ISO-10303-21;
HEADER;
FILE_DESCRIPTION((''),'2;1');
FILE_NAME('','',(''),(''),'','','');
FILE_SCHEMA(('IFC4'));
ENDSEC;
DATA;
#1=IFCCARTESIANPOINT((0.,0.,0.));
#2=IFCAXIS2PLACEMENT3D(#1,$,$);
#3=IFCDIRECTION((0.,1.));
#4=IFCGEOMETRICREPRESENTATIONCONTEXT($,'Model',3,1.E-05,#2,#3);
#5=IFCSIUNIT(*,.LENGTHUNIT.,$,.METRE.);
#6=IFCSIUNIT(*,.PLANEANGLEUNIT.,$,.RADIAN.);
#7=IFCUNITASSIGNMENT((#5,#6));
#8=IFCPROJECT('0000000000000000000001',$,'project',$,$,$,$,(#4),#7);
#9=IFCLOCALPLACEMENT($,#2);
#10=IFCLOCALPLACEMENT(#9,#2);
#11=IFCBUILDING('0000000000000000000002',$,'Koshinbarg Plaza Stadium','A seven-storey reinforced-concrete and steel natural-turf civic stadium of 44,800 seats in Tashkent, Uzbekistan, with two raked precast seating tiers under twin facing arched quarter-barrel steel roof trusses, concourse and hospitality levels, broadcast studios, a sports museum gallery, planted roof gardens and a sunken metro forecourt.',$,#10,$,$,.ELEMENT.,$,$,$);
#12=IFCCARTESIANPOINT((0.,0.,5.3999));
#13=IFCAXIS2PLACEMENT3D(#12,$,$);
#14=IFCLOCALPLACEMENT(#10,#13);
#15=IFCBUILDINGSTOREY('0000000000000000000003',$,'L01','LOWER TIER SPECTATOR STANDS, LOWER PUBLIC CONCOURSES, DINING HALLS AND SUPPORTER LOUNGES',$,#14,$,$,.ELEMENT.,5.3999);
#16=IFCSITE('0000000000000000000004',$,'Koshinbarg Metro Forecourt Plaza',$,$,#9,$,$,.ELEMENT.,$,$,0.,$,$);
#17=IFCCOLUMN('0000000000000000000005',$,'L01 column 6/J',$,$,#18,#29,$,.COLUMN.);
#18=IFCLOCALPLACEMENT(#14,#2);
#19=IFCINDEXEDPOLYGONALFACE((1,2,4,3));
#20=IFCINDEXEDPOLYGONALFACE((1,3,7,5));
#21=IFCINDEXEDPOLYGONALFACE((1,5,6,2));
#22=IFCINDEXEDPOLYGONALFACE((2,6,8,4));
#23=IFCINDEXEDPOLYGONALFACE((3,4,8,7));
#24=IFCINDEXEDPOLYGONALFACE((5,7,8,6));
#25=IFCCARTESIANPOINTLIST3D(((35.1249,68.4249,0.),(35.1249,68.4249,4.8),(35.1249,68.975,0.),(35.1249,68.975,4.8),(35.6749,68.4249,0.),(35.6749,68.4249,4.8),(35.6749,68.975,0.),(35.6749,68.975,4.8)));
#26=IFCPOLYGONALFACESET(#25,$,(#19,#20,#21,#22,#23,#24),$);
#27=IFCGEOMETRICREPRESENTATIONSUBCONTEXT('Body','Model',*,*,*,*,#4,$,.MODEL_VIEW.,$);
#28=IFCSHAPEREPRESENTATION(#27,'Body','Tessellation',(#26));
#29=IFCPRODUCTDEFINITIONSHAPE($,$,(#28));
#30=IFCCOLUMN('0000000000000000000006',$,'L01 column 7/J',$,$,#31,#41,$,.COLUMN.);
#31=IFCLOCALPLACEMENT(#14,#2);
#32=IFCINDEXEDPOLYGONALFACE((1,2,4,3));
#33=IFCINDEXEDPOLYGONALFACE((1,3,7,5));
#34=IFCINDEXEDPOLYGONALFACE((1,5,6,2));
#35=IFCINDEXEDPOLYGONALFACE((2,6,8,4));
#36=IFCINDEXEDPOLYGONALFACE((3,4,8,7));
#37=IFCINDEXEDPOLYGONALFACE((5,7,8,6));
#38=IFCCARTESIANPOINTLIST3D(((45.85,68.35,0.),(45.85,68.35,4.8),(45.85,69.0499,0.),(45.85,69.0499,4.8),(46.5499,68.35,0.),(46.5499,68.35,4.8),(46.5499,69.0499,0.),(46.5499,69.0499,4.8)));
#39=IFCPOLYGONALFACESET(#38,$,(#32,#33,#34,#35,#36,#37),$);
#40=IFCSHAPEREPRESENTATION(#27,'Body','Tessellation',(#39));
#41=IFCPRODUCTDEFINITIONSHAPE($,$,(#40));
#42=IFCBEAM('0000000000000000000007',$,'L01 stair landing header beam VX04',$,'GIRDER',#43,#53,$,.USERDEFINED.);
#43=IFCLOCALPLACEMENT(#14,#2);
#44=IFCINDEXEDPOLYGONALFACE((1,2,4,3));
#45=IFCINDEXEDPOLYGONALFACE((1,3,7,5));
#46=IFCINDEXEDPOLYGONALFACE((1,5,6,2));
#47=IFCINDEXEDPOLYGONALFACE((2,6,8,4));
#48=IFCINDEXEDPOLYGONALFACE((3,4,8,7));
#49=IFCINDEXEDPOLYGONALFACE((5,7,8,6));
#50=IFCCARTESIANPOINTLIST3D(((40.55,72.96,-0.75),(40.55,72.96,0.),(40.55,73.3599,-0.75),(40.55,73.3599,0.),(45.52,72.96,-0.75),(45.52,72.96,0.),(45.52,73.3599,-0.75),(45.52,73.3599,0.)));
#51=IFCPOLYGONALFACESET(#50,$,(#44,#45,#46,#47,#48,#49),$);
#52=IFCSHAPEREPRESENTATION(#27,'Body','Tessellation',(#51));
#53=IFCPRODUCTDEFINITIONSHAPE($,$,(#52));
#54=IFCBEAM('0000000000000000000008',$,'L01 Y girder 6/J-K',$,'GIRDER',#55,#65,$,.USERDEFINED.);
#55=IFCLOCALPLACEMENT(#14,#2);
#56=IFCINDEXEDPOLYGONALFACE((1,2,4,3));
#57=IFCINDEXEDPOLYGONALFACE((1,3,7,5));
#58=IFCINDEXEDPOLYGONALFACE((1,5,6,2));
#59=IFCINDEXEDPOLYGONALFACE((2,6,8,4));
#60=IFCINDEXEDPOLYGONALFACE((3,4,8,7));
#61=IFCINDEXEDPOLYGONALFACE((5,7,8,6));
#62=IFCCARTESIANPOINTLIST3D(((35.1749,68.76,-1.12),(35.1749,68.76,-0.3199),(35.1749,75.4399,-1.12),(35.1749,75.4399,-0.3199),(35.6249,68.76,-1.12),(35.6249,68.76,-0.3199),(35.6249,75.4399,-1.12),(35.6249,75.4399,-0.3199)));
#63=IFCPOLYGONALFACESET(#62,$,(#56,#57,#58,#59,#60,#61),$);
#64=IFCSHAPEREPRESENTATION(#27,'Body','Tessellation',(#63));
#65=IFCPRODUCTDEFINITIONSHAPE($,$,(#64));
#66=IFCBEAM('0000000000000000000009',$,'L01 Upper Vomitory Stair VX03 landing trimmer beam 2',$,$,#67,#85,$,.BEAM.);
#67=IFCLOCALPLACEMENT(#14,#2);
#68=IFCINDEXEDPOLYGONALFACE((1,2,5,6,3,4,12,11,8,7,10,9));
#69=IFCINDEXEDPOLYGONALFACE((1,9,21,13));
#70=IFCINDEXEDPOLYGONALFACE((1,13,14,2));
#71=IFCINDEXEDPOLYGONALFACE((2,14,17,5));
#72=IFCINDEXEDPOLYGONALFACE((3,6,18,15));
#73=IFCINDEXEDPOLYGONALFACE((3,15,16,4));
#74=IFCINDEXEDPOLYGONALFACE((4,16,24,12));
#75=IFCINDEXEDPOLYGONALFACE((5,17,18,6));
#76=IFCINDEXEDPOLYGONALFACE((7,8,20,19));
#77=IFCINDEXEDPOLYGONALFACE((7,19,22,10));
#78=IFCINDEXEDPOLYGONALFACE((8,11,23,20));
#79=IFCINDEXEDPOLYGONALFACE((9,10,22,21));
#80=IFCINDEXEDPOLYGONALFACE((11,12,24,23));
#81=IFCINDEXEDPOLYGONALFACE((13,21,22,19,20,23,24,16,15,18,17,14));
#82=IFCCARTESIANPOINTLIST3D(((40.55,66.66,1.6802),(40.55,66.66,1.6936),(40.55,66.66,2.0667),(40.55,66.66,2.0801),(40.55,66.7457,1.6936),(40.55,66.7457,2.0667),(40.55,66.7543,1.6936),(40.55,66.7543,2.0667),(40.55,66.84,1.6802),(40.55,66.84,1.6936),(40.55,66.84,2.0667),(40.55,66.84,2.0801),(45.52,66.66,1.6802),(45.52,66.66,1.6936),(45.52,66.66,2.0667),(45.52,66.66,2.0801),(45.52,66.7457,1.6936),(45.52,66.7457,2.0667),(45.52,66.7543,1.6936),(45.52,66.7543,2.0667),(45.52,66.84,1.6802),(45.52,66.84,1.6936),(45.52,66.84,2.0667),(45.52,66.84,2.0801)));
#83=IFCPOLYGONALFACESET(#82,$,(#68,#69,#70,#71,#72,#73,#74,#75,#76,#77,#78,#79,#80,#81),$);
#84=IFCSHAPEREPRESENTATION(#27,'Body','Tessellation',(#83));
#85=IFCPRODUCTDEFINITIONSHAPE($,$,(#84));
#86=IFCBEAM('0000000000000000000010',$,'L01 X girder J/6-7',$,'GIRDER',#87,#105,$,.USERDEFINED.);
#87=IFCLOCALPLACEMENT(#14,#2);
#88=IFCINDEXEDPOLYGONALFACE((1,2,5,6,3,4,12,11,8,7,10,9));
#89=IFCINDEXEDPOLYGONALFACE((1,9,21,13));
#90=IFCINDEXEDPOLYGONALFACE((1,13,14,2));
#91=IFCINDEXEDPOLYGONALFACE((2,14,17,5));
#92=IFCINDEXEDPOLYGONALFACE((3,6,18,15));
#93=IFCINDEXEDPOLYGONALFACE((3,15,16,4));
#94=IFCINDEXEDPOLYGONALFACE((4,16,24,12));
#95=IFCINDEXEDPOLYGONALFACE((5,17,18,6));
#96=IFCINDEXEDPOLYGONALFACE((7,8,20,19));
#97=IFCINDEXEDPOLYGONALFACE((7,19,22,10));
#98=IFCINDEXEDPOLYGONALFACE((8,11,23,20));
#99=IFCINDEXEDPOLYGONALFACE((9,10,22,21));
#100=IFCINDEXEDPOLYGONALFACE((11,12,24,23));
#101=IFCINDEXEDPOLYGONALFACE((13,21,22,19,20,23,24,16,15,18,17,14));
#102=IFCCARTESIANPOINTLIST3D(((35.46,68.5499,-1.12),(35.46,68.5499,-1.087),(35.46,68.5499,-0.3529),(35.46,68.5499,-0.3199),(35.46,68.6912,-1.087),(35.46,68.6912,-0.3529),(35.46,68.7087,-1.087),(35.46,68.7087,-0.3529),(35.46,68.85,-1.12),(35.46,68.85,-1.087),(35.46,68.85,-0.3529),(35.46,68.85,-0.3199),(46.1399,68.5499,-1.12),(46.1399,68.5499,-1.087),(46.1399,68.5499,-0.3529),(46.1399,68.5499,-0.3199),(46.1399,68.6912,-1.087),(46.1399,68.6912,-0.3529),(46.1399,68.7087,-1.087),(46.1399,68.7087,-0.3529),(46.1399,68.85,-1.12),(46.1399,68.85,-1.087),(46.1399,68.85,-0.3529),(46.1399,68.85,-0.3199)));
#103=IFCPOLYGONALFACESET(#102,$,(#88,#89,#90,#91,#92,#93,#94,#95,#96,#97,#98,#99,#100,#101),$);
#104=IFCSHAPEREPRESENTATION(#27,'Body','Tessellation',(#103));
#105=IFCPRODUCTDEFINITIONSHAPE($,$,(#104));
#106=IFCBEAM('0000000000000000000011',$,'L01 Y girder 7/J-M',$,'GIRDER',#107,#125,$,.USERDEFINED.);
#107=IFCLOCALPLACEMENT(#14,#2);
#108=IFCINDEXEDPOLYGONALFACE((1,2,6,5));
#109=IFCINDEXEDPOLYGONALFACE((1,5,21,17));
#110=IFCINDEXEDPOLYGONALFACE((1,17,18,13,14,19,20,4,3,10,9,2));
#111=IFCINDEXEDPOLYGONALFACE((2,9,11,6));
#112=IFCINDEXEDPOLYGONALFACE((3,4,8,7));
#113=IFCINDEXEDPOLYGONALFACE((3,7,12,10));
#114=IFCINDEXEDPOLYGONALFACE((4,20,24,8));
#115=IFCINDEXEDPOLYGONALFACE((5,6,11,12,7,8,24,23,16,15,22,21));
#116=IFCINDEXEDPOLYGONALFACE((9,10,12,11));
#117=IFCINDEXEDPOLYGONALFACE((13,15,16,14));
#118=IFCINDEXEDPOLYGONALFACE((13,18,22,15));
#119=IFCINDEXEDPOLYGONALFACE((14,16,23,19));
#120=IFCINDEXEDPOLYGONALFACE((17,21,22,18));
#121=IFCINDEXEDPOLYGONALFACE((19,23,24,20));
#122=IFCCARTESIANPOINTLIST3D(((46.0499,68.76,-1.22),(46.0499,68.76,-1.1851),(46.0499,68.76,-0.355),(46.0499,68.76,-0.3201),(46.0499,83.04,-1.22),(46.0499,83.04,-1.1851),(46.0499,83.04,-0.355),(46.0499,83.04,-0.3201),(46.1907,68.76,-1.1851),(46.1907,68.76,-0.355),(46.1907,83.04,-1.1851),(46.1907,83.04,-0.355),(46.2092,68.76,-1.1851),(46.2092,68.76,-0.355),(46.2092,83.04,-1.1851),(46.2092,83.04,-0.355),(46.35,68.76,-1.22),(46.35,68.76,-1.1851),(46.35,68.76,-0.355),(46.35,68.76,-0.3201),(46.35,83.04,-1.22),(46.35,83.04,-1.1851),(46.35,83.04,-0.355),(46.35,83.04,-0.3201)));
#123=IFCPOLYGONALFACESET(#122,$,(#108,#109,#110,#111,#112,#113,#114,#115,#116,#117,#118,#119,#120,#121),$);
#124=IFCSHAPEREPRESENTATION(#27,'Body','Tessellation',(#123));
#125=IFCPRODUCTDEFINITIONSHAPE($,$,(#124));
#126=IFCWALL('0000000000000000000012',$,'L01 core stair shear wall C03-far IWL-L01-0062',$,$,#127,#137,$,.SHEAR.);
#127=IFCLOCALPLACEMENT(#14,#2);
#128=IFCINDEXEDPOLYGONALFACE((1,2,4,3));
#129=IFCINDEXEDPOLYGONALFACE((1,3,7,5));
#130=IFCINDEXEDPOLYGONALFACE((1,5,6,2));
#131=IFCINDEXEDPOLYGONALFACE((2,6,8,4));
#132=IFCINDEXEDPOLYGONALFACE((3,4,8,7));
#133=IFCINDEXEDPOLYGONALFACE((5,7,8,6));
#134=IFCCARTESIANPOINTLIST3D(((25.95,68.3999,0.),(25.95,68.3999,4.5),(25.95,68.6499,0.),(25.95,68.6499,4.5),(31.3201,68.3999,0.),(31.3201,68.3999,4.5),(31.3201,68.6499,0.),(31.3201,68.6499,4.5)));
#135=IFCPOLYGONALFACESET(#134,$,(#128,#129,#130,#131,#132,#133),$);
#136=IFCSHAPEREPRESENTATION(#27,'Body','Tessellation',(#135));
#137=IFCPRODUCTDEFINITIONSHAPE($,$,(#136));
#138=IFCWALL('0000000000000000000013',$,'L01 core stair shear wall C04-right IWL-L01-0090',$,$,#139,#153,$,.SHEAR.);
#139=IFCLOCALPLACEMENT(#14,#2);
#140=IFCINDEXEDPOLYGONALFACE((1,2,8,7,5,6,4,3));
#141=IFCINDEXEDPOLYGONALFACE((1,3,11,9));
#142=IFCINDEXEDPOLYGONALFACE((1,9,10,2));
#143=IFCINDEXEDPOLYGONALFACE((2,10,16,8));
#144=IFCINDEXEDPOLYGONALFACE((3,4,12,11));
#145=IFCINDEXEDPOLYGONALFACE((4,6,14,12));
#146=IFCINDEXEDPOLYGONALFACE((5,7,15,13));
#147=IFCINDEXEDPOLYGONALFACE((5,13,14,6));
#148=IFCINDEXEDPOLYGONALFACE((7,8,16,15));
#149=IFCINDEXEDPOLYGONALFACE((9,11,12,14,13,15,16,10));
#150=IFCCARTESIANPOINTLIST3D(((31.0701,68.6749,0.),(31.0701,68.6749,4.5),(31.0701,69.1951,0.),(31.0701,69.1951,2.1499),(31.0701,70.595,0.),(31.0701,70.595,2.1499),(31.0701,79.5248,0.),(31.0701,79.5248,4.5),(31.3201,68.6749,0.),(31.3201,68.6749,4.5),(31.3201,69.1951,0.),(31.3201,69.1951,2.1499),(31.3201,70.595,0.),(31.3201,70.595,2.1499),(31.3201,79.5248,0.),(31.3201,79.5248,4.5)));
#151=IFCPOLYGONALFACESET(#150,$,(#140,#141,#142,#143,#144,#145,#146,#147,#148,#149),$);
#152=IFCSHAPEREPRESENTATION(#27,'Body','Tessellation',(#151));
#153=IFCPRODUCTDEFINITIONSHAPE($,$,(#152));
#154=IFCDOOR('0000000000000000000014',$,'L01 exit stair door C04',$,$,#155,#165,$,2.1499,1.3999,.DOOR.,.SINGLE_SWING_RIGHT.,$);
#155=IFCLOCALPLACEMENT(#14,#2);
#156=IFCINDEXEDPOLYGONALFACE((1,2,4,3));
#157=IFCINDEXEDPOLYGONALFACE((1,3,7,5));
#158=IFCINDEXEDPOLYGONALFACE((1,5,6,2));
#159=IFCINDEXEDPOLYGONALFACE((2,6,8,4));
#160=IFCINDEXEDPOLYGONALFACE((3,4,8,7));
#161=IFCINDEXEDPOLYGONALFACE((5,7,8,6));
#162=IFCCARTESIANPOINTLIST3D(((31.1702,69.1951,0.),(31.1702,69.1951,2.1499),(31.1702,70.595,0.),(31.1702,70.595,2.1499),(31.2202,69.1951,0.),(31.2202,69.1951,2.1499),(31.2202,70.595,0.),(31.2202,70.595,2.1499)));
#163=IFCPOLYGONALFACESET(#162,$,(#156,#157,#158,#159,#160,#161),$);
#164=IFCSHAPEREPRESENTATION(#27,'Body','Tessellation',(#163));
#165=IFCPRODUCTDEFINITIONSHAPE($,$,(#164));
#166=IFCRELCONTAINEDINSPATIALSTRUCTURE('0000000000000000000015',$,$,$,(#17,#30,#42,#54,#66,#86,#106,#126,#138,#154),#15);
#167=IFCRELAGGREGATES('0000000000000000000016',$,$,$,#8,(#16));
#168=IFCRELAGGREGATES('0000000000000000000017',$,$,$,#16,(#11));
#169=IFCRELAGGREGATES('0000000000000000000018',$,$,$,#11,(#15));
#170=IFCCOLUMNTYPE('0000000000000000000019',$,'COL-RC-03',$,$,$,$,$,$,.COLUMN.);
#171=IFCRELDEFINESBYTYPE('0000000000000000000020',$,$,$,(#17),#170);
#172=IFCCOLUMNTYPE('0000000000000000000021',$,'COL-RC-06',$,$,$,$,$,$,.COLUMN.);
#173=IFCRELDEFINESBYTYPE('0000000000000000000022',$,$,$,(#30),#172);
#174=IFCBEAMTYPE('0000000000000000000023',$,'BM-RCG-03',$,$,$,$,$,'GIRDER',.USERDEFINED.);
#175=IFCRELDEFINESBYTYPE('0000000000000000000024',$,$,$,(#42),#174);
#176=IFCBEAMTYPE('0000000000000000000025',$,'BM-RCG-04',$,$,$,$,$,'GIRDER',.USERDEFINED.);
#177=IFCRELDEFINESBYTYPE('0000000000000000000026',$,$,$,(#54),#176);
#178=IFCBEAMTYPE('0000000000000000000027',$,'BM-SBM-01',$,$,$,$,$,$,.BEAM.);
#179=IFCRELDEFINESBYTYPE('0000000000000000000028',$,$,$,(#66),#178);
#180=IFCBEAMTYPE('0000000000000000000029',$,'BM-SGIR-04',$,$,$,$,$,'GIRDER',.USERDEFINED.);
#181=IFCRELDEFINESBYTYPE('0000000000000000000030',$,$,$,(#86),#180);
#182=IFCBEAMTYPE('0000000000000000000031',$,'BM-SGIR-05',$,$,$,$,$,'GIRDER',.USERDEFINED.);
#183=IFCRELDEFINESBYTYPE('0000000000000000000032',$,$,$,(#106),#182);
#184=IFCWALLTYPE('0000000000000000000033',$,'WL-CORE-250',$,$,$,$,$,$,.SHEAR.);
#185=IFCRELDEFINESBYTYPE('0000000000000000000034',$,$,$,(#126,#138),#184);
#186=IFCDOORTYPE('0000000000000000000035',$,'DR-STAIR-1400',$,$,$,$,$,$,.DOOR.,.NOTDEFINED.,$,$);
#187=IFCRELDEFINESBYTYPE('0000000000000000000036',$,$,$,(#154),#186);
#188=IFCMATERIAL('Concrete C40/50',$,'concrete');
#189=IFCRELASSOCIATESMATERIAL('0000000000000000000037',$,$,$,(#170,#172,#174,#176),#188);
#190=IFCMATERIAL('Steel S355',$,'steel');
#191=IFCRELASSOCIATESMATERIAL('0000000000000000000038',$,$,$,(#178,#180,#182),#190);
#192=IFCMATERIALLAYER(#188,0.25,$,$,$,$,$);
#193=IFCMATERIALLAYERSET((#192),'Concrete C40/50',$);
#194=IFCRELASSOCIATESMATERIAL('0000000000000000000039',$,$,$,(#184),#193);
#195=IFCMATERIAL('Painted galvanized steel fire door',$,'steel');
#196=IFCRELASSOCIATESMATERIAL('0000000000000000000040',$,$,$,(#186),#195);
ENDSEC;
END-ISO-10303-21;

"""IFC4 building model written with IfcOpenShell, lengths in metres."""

from ifc_helpers import new_model, si_unit, direction, frame, frame_2d, origin, origin_2d, place, context, subcontext, project, spatial, rectangle, i_section, extrude, material, layer, layer_set, material_profile, profile_set, type_object, element, fill, save


model = new_model("IFC4")

# Units and contexts
model_context = context("Model", 3, precision=1e-05, world=origin(), true_north=direction((0.0, 1.0)))
body_context = subcontext(model_context, "Body", "Model", "MODEL_VIEW")
ifc_project = project(units=[si_unit("LENGTHUNIT", "METRE"), si_unit("PLANEANGLEUNIT", "RADIAN")], contexts=[model_context])

# Site, building, storey
site_placement = place(None, origin())
site = spatial("IfcSite", under=ifc_project, at=site_placement, Name="Koshinbarg Metro Forecourt Plaza", CompositionType="ELEMENT", RefElevation=0.0)
building_placement = place(site_placement, origin())
building = spatial("IfcBuilding", under=site, at=building_placement, Name="Koshinbarg Plaza Stadium", Description="A seven-storey reinforced-concrete and steel natural-turf civic stadium of 44,800 seats in Tashkent, Uzbekistan, with two raked precast seating tiers under twin facing arched quarter-barrel steel roof trusses, concourse and hospitality levels, broadcast studios, a sports museum gallery, planted roof gardens and a sunken metro forecourt.", CompositionType="ELEMENT")
storey_placement = place(building_placement, frame((0.0, 0.0, 5.3999)))
storey = spatial("IfcBuildingStorey", under=building, at=storey_placement, Name="L01", Description="LOWER TIER SPECTATOR STANDS, LOWER PUBLIC CONCOURSES, DINING HALLS AND SUPPORTER LOUNGES", CompositionType="ELEMENT", Elevation=5.3999)

# Columns
ifc_material_1 = material(Name="Concrete C40/50", Category="concrete")
ifc_material_profile_1 = material_profile(ifc_material_1, rectangle(XDim=0.55, YDim=0.55, at=origin_2d()), Name="RC 550x550")
ifc_profile_set_1 = profile_set([ifc_material_profile_1], Name="Concrete C40/50")
column_type_1 = type_object("IfcColumnType", Name="COL-RC-03", PredefinedType="COLUMN", material=ifc_profile_set_1)
column_1_placement = place(storey_placement, frame((35.3999, 68.7, 0.0), z_axis=(0.0, 0.0, 1.0), x_axis=(1.0, 0.0, 0.0)))
element("IfcColumn", 1, at=column_1_placement, inside=storey, type_object=column_type_1, Name="L01 column 6/J", PredefinedType="COLUMN", context=body_context, shape_type="SweptSolid", body=[
    extrude(rectangle(XDim=0.55, YDim=0.55, at=origin_2d()), origin(), (0.0, 0.0, 1.0), 4.8),
])
ifc_material_profile_2 = material_profile(ifc_material_1, rectangle(XDim=0.7, YDim=0.7, at=origin_2d()), Name="RC 700x700")
ifc_profile_set_2 = profile_set([ifc_material_profile_2], Name="Concrete C40/50")
column_type_2 = type_object("IfcColumnType", Name="COL-RC-06", PredefinedType="COLUMN", material=ifc_profile_set_2)
column_2_placement = place(storey_placement, frame((46.2, 68.7, 0.0), z_axis=(0.0, 0.0, 1.0), x_axis=(1.0, 0.0, 0.0)))
element("IfcColumn", 2, at=column_2_placement, inside=storey, type_object=column_type_2, Name="L01 column 7/J", PredefinedType="COLUMN", context=body_context, shape_type="SweptSolid", body=[
    extrude(rectangle(XDim=0.7, YDim=0.7, at=origin_2d()), origin(), (0.0, 0.0, 1.0), 4.8),
])

# Beams
ifc_material_profile_3 = material_profile(ifc_material_1, rectangle(XDim=0.3999, YDim=0.75, at=origin_2d()), Name="RC 400x750")
ifc_profile_set_3 = profile_set([ifc_material_profile_3], Name="Concrete C40/50")
beam_type_1 = type_object("IfcBeamType", Name="BM-RCG-03", ElementType="GIRDER", PredefinedType="USERDEFINED", material=ifc_profile_set_3)
beam_1_placement = place(storey_placement, frame((40.55, 73.1599, -0.375), z_axis=(1.0, 0.0, 0.0), x_axis=(0.0, 1.0, 0.0)))
element("IfcBeam", 3, at=beam_1_placement, inside=storey, type_object=beam_type_1, Name="L01 stair landing header beam VX04", ObjectType="GIRDER", PredefinedType="USERDEFINED", context=body_context, shape_type="SweptSolid", body=[
    extrude(rectangle(XDim=0.3999, YDim=0.75, at=origin_2d()), origin(), (0.0, 0.0, 1.0), 4.97),
])
ifc_material_profile_4 = material_profile(ifc_material_1, rectangle(XDim=0.45, YDim=0.8, at=origin_2d()), Name="RC 450x800")
ifc_profile_set_4 = profile_set([ifc_material_profile_4], Name="Concrete C40/50")
beam_type_2 = type_object("IfcBeamType", Name="BM-RCG-04", ElementType="GIRDER", PredefinedType="USERDEFINED", material=ifc_profile_set_4)
beam_2_placement = place(storey_placement, frame((35.3999, 68.76, -0.72), z_axis=(0.0, 1.0, 0.0), x_axis=(-1.0, 0.0, 0.0)))
element("IfcBeam", 4, at=beam_2_placement, inside=storey, type_object=beam_type_2, Name="L01 Y girder 6/J-K", ObjectType="GIRDER", PredefinedType="USERDEFINED", context=body_context, shape_type="SweptSolid", body=[
    extrude(rectangle(XDim=0.45, YDim=0.8, at=origin_2d()), origin(), (0.0, 0.0, 1.0), 6.6799),
])
ifc_material_2 = material(Name="Steel S355", Category="steel")
ifc_material_profile_5 = material_profile(ifc_material_2, i_section(OverallWidth=0.1799, OverallDepth=0.3999, WebThickness=0.0085, FlangeThickness=0.0134, at=origin_2d()), Name="IPE 400")
ifc_profile_set_5 = profile_set([ifc_material_profile_5], Name="Steel S355")
beam_type_3 = type_object("IfcBeamType", Name="BM-SBM-01", PredefinedType="BEAM", material=ifc_profile_set_5)
beam_3_placement = place(storey_placement, frame((40.55, 66.75, 1.8801), z_axis=(1.0, 0.0, 0.0), x_axis=(0.0, 1.0, 0.0)))
element("IfcBeam", 5, at=beam_3_placement, inside=storey, type_object=beam_type_3, Name="L01 Upper Vomitory Stair VX03 landing trimmer beam 2", PredefinedType="BEAM", context=body_context, shape_type="SweptSolid", body=[
    extrude(i_section(OverallWidth=0.1799, OverallDepth=0.3999, WebThickness=0.0085, FlangeThickness=0.0134, at=origin_2d()), origin(), (0.0, 0.0, 1.0), 4.97),
])
ifc_material_profile_6 = material_profile(ifc_material_2, i_section(OverallWidth=0.3, OverallDepth=0.8, WebThickness=0.0176, FlangeThickness=0.033, at=origin_2d()), Name="HEB 800")
ifc_profile_set_6 = profile_set([ifc_material_profile_6], Name="Steel S355")
beam_type_4 = type_object("IfcBeamType", Name="BM-SGIR-04", ElementType="GIRDER", PredefinedType="USERDEFINED", material=ifc_profile_set_6)
beam_4_placement = place(storey_placement, frame((35.46, 68.7, -0.72), z_axis=(1.0, 0.0, 0.0), x_axis=(0.0, 1.0, 0.0)))
element("IfcBeam", 6, at=beam_4_placement, inside=storey, type_object=beam_type_4, Name="L01 X girder J/6-7", ObjectType="GIRDER", PredefinedType="USERDEFINED", context=body_context, shape_type="SweptSolid", body=[
    extrude(i_section(OverallWidth=0.3, OverallDepth=0.8, WebThickness=0.0176, FlangeThickness=0.033, at=origin_2d()), origin(), (0.0, 0.0, 1.0), 10.6799),
])
ifc_material_profile_7 = material_profile(ifc_material_2, i_section(OverallWidth=0.3, OverallDepth=0.8999, WebThickness=0.0186, FlangeThickness=0.0349, at=origin_2d()), Name="HEB 900")
ifc_profile_set_7 = profile_set([ifc_material_profile_7], Name="Steel S355")
beam_type_5 = type_object("IfcBeamType", Name="BM-SGIR-05", ElementType="GIRDER", PredefinedType="USERDEFINED", material=ifc_profile_set_7)
beam_5_placement = place(storey_placement, frame((46.2, 68.76, -0.77), z_axis=(0.0, 1.0, 0.0), x_axis=(-1.0, 0.0, 0.0)))
element("IfcBeam", 7, at=beam_5_placement, inside=storey, type_object=beam_type_5, Name="L01 Y girder 7/J-M", ObjectType="GIRDER", PredefinedType="USERDEFINED", context=body_context, shape_type="SweptSolid", body=[
    extrude(i_section(OverallWidth=0.3, OverallDepth=0.8999, WebThickness=0.0186, FlangeThickness=0.0349, at=origin_2d()), origin(), (0.0, 0.0, 1.0), 14.28),
])

# Wall
ifc_layer_1 = layer(ifc_material_1, 0.25)
ifc_layer_set_1 = layer_set([ifc_layer_1], Name="Concrete C40/50")
wall_type_1 = type_object("IfcWallType", Name="WL-CORE-250", PredefinedType="SHEAR", material=ifc_layer_set_1)
wall_1_placement = place(storey_placement, frame((31.3201, 68.5249, 0.0), z_axis=(0.0, 0.0, 1.0), x_axis=(-1.0, 0.0, 0.0)))
element("IfcWall", 8, at=wall_1_placement, inside=storey, type_object=wall_type_1, Name="L01 core stair shear wall C03-far IWL-L01-0062", PredefinedType="SHEAR", context=body_context, shape_type="SweptSolid", body=[
    extrude(rectangle(XDim=5.3701, YDim=0.25, at=frame_2d((2.6851, 0.0))), origin(), (0.0, 0.0, 1.0), 4.5),
])

# Wall, opening, door
wall_2_placement = place(storey_placement, frame((31.1951, 68.675, 0.0), z_axis=(0.0, 0.0, 1.0), x_axis=(0.0, 1.0, 0.0)))
wall_2 = element("IfcWall", 9, at=wall_2_placement, inside=storey, type_object=wall_type_1, Name="L01 core stair shear wall C04-right IWL-L01-0090", PredefinedType="SHEAR", context=body_context, shape_type="SweptSolid", body=[
    extrude(rectangle(XDim=10.8499, YDim=0.25, at=frame_2d((5.4248, 0.0))), origin(), (0.0, 0.0, 1.0), 4.5),
])
opening_1_placement = place(wall_2_placement, frame((0.52, 0.0, 0.0)))
opening_1 = element("IfcOpeningElement", 10, at=opening_1_placement, cuts=wall_2, PredefinedType="OPENING", context=body_context, shape_type="SweptSolid", body=[
    extrude(rectangle(XDim=1.3999, YDim=2.1499, at=frame_2d((0.7, 1.075))), frame((0.0, 0.135, 0.0), z_axis=(0.0, -1.0, 0.0), x_axis=(1.0, 0.0, 0.0)), (0.0, 0.0, 1.0), 0.27),
])
ifc_material_3 = material(Name="Painted galvanized steel fire door", Category="steel")
door_type_1 = type_object("IfcDoorType", Name="DR-STAIR-1400", OperationType="NOTDEFINED", PredefinedType="DOOR", material=ifc_material_3)
door_1_placement = place(opening_1_placement, origin())
door_1 = element("IfcDoor", 11, at=door_1_placement, inside=storey, type_object=door_type_1, Name="L01 exit stair door C04", OperationType="SINGLE_SWING_RIGHT", OverallHeight=2.1499, OverallWidth=1.3999, PredefinedType="DOOR", context=body_context, shape_type="SweptSolid", body=[
    extrude(rectangle(XDim=1.3999, YDim=2.1499, at=frame_2d((0.7, 1.075))), frame((0.0, 0.0249, 0.0), z_axis=(0.0, -1.0, 0.0), x_axis=(1.0, 0.0, 0.0)), (0.0, 0.0, 1.0), 0.05),
])
fill(opening_1, door_1)

save(model, "model.ifc")
